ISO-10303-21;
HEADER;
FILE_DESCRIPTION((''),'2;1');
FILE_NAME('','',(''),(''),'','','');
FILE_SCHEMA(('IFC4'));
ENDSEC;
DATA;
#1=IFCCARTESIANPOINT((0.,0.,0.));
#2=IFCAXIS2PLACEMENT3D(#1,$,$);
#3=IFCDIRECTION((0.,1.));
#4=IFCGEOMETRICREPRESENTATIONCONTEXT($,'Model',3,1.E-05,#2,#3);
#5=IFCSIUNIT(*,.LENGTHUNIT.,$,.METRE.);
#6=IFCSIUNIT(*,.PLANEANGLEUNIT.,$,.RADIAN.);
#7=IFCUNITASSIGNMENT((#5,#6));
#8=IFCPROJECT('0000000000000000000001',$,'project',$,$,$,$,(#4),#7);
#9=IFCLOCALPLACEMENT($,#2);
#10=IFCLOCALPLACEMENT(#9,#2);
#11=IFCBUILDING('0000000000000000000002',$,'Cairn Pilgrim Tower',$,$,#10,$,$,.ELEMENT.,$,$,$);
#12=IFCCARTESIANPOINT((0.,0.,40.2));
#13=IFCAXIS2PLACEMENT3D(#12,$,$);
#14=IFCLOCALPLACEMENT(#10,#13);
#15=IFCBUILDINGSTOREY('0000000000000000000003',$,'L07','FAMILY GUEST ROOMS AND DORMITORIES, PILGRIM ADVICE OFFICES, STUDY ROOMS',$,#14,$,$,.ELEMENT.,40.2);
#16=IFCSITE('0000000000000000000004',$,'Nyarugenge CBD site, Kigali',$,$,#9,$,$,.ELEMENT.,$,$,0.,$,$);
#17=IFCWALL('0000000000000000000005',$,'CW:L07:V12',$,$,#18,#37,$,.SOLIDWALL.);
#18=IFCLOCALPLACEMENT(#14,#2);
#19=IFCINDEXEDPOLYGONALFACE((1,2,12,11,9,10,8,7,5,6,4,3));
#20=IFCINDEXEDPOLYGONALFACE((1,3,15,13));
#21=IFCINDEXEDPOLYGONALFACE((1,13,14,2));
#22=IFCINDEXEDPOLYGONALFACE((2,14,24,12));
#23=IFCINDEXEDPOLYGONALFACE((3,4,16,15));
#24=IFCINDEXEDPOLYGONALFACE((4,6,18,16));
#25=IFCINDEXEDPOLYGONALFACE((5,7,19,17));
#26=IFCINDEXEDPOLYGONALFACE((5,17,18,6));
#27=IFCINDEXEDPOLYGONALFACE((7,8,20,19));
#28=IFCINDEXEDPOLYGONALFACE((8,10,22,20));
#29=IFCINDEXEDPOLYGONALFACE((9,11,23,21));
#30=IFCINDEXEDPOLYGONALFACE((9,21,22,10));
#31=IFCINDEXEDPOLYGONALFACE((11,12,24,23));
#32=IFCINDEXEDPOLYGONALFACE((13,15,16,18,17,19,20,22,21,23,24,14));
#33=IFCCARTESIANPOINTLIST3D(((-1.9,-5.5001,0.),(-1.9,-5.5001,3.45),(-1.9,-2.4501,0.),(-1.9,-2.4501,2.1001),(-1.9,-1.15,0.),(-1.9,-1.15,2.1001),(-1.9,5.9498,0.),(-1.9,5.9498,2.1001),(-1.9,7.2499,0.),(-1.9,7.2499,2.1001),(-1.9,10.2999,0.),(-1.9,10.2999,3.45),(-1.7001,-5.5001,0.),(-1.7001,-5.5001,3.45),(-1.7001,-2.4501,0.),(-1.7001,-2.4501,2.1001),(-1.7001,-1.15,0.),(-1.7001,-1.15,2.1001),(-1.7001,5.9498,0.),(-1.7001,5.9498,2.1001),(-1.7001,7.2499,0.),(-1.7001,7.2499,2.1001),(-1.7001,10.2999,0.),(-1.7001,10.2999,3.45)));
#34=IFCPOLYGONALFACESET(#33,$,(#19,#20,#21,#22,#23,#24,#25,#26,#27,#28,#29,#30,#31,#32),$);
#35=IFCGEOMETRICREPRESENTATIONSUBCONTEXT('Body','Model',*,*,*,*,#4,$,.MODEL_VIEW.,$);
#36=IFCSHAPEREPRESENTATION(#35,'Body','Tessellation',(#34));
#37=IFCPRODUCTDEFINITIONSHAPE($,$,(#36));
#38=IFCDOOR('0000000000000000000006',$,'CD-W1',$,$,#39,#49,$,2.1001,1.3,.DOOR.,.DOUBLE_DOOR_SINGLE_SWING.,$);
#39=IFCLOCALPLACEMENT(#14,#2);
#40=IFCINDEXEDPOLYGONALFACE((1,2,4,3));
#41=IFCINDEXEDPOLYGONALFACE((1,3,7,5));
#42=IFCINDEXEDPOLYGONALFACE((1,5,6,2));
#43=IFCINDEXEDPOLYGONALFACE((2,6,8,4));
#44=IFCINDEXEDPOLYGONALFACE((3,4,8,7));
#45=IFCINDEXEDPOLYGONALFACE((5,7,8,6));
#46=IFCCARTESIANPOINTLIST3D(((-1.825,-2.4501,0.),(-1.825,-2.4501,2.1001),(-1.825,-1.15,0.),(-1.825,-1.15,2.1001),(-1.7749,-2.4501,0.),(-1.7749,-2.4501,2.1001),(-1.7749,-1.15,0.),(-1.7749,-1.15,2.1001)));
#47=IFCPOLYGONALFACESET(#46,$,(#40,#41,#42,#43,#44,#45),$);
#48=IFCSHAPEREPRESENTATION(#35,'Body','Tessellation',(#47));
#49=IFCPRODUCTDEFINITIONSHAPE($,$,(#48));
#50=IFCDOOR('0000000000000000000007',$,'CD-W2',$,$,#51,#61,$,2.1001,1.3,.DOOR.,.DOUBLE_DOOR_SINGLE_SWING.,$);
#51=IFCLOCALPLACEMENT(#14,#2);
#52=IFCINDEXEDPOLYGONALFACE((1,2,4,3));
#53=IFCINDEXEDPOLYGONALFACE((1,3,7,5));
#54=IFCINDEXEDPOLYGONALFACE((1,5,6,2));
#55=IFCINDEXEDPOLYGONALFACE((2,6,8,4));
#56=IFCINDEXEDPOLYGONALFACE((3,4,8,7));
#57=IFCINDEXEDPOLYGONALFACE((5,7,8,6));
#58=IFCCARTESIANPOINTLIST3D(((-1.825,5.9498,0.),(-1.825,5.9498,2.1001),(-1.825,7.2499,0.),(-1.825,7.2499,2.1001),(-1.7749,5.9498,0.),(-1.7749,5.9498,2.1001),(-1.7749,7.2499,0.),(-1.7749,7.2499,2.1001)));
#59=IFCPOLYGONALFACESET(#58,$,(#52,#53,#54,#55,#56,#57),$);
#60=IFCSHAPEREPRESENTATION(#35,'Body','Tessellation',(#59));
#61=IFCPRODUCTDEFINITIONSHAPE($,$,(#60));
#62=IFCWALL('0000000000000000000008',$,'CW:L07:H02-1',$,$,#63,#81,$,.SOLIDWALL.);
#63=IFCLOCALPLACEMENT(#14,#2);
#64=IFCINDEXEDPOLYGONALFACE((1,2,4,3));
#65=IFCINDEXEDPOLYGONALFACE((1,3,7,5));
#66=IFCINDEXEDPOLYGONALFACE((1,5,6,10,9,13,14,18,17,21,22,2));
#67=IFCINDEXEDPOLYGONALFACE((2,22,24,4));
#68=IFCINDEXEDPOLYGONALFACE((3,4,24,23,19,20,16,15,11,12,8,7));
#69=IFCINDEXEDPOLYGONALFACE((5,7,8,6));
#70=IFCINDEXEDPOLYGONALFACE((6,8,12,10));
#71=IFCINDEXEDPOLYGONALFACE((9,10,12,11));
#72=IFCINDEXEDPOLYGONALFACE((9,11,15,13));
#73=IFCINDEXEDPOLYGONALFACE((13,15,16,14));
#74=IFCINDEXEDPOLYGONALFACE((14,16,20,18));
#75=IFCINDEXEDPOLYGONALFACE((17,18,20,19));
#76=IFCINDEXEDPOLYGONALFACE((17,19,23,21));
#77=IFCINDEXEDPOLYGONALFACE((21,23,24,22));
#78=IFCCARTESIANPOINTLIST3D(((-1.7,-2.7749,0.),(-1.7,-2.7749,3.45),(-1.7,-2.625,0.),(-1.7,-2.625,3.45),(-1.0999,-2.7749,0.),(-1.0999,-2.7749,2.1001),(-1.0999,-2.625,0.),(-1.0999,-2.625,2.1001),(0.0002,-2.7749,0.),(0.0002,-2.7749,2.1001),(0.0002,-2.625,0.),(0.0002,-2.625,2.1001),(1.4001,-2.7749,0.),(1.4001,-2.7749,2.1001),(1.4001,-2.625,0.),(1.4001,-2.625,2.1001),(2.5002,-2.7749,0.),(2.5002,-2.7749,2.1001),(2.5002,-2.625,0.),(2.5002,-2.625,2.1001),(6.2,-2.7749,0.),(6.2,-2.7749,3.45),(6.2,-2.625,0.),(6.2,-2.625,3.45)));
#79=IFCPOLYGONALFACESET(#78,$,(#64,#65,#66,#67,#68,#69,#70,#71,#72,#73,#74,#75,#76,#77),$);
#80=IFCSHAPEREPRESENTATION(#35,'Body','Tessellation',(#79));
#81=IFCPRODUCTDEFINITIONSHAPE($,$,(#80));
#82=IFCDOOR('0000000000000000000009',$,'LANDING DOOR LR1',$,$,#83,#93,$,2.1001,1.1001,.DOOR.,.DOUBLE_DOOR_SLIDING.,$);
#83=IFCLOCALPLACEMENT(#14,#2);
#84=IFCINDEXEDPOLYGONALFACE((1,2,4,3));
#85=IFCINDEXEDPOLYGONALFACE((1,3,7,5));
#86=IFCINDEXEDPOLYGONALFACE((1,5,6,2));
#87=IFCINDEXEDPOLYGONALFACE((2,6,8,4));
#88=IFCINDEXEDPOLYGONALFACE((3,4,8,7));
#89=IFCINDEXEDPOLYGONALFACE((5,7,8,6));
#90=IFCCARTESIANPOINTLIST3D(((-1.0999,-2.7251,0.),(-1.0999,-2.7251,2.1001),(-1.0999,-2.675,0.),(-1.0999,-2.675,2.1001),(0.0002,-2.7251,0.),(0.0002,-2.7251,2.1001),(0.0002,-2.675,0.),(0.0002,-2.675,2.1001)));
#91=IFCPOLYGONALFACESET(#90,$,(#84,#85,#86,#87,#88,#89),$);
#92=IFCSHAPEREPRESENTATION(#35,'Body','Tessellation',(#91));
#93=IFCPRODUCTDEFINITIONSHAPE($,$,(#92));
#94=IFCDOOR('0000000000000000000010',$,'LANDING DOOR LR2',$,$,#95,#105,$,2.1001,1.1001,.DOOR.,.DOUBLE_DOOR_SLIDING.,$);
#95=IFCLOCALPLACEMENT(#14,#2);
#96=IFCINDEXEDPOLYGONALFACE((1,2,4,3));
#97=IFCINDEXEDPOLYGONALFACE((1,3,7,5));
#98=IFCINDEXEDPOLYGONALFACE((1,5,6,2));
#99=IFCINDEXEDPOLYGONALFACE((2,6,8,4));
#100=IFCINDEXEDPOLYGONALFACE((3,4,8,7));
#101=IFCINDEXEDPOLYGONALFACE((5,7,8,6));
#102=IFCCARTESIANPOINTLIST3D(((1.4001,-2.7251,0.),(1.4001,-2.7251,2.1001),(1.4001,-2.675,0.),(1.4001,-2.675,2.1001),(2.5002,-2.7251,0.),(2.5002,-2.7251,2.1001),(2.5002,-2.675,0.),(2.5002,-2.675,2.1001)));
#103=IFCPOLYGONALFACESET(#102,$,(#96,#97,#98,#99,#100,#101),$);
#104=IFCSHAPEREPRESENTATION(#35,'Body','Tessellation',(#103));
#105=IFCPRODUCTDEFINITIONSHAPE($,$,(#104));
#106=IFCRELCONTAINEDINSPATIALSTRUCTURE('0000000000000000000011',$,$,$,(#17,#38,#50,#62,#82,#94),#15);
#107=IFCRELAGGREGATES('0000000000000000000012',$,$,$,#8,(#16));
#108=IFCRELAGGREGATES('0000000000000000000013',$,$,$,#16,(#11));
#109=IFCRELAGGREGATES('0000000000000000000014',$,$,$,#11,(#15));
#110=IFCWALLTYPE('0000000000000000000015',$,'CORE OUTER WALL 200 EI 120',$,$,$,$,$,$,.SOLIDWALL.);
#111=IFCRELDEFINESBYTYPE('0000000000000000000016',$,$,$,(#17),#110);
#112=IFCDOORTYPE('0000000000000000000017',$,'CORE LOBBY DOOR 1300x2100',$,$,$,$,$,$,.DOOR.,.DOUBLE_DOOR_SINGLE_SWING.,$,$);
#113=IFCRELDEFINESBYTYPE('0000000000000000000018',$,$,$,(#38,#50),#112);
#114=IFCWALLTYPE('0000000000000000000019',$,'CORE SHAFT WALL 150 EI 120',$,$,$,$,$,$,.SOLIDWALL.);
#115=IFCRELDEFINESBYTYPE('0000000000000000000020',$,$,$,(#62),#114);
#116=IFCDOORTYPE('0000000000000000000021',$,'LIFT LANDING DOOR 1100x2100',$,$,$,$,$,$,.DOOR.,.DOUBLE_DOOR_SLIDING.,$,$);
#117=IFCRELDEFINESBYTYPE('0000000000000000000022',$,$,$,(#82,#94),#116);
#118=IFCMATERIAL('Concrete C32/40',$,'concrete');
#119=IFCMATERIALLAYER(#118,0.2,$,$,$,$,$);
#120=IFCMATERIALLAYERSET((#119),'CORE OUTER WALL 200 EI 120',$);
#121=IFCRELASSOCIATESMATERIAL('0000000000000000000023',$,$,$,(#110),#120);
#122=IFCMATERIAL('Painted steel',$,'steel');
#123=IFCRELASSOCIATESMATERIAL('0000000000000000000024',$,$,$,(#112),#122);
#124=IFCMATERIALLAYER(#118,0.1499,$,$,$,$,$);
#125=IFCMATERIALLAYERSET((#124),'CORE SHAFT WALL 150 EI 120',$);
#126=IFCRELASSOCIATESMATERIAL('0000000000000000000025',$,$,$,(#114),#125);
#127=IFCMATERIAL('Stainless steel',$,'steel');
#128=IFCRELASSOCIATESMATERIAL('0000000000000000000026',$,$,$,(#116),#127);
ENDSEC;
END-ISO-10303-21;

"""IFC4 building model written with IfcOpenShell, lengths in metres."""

from ifc_helpers import new_model, si_unit, direction, frame, frame_2d, origin, place, context, subcontext, project, spatial, rectangle, extrude, material, layer, layer_set, type_object, element, fill, save


model = new_model("IFC4")

# Units and contexts
model_context = context("Model", 3, precision=1e-05, world=origin(), true_north=direction((0.0, 1.0)))
body_context = subcontext(model_context, "Body", "Model", "MODEL_VIEW")
ifc_project = project(units=[si_unit("LENGTHUNIT", "METRE"), si_unit("PLANEANGLEUNIT", "RADIAN")], contexts=[model_context])

# Site, building, storey
site_placement = place(None, origin())
site = spatial("IfcSite", under=ifc_project, at=site_placement, Name="Nyarugenge CBD site, Kigali", CompositionType="ELEMENT", RefElevation=0.0)
building_placement = place(site_placement, origin())
building = spatial("IfcBuilding", under=site, at=building_placement, Name="Cairn Pilgrim Tower", CompositionType="ELEMENT")
storey_placement = place(building_placement, frame((0.0, 0.0, 40.2)))
storey = spatial("IfcBuildingStorey", under=building, at=storey_placement, Name="L07", Description="FAMILY GUEST ROOMS AND DORMITORIES, PILGRIM ADVICE OFFICES, STUDY ROOMS", CompositionType="ELEMENT", Elevation=40.2)

# Shared definitions
ifc_material_1 = material(Name="Concrete C32/40", Category="concrete")
ifc_layer_1 = layer(ifc_material_1, 0.2)
ifc_layer_set_1 = layer_set([ifc_layer_1], Name="CORE OUTER WALL 200 EI 120")
wall_type_1 = type_object("IfcWallType", Name="CORE OUTER WALL 200 EI 120", PredefinedType="SOLIDWALL", material=ifc_layer_set_1)

# Walls, openings, doors
wall_1_placement = place(storey_placement, frame((-1.8, -5.5, 0.0), z_axis=(0.0, 0.0, 1.0), x_axis=(0.0, 1.0, 0.0)))
wall_1 = element("IfcWall", 1, at=wall_1_placement, inside=storey, type_object=wall_type_1, Name="CW:L07:V12", PredefinedType="SOLIDWALL", context=body_context, shape_type="SweptSolid", body=[
    extrude(rectangle(XDim=15.8, YDim=0.2, at=frame_2d((7.8999, 0.0))), origin(), (0.0, 0.0, 1.0), 3.45),
])
opening_1_placement = place(wall_1_placement, frame((3.05, 0.0, 0.0)))
opening_1 = element("IfcOpeningElement", 2, at=opening_1_placement, cuts=wall_1, PredefinedType="OPENING", context=body_context, shape_type="SweptSolid", body=[
    extrude(rectangle(XDim=1.3, YDim=2.1001, at=frame_2d((0.6499, 1.05))), frame((0.0, 0.1099, 0.0), z_axis=(0.0, -1.0, 0.0), x_axis=(1.0, 0.0, 0.0)), (0.0, 0.0, 1.0), 0.22),
])
opening_2_placement = place(wall_1_placement, frame((11.45, 0.0, 0.0)))
opening_2 = element("IfcOpeningElement", 3, at=opening_2_placement, cuts=wall_1, PredefinedType="OPENING", context=body_context, shape_type="SweptSolid", body=[
    extrude(rectangle(XDim=1.3, YDim=2.1001, at=frame_2d((0.6499, 1.05))), frame((0.0, 0.1099, 0.0), z_axis=(0.0, -1.0, 0.0), x_axis=(1.0, 0.0, 0.0)), (0.0, 0.0, 1.0), 0.22),
])
ifc_material_2 = material(Name="Painted steel", Category="steel")
door_type_1 = type_object("IfcDoorType", Name="CORE LOBBY DOOR 1300x2100", OperationType="DOUBLE_DOOR_SINGLE_SWING", PredefinedType="DOOR", material=ifc_material_2)
door_1_placement = place(opening_1_placement, origin())
door_1 = element("IfcDoor", 4, at=door_1_placement, inside=storey, type_object=door_type_1, Name="CD-W1", OperationType="DOUBLE_DOOR_SINGLE_SWING", OverallHeight=2.1001, OverallWidth=1.3, PredefinedType="DOOR", context=body_context, shape_type="SweptSolid", body=[
    extrude(rectangle(XDim=1.3, YDim=2.1001, at=frame_2d((0.6499, 1.05))), frame((0.0, 0.0249, 0.0), z_axis=(0.0, -1.0, 0.0), x_axis=(1.0, 0.0, 0.0)), (0.0, 0.0, 1.0), 0.05),
])
fill(opening_1, door_1)
door_2_placement = place(opening_2_placement, origin())
door_2 = element("IfcDoor", 5, at=door_2_placement, inside=storey, type_object=door_type_1, Name="CD-W2", OperationType="DOUBLE_DOOR_SINGLE_SWING", OverallHeight=2.1001, OverallWidth=1.3, PredefinedType="DOOR", context=body_context, shape_type="SweptSolid", body=[
    extrude(rectangle(XDim=1.3, YDim=2.1001, at=frame_2d((0.6499, 1.05))), frame((0.0, 0.0249, 0.0), z_axis=(0.0, -1.0, 0.0), x_axis=(1.0, 0.0, 0.0)), (0.0, 0.0, 1.0), 0.05),
])
fill(opening_2, door_2)
ifc_layer_2 = layer(ifc_material_1, 0.1499)
ifc_layer_set_2 = layer_set([ifc_layer_2], Name="CORE SHAFT WALL 150 EI 120")
wall_type_2 = type_object("IfcWallType", Name="CORE SHAFT WALL 150 EI 120", PredefinedType="SOLIDWALL", material=ifc_layer_set_2)
wall_2_placement = place(storey_placement, frame((-1.7, -2.7, 0.0), z_axis=(0.0, 0.0, 1.0), x_axis=(1.0, 0.0, 0.0)))
wall_2 = element("IfcWall", 6, at=wall_2_placement, inside=storey, type_object=wall_type_2, Name="CW:L07:H02-1", PredefinedType="SOLIDWALL", context=body_context, shape_type="SweptSolid", body=[
    extrude(rectangle(XDim=7.8999, YDim=0.1499, at=frame_2d((3.95, 0.0))), origin(), (0.0, 0.0, 1.0), 3.45),
])
opening_3_placement = place(wall_2_placement, frame((0.6001, 0.0, 0.0)))
opening_3 = element("IfcOpeningElement", 7, at=opening_3_placement, cuts=wall_2, PredefinedType="OPENING", context=body_context, shape_type="SweptSolid", body=[
    extrude(rectangle(XDim=1.1001, YDim=2.1001, at=frame_2d((0.55, 1.05))), frame((0.0, 0.085, 0.0), z_axis=(0.0, -1.0, 0.0), x_axis=(1.0, 0.0, 0.0)), (0.0, 0.0, 1.0), 0.1699),
])
opening_4_placement = place(wall_2_placement, frame((3.1001, 0.0, 0.0)))
opening_4 = element("IfcOpeningElement", 8, at=opening_4_placement, cuts=wall_2, PredefinedType="OPENING", context=body_context, shape_type="SweptSolid", body=[
    extrude(rectangle(XDim=1.1001, YDim=2.1001, at=frame_2d((0.55, 1.05))), frame((0.0, 0.085, 0.0), z_axis=(0.0, -1.0, 0.0), x_axis=(1.0, 0.0, 0.0)), (0.0, 0.0, 1.0), 0.1699),
])
ifc_material_3 = material(Name="Stainless steel", Category="steel")
door_type_2 = type_object("IfcDoorType", Name="LIFT LANDING DOOR 1100x2100", OperationType="DOUBLE_DOOR_SLIDING", PredefinedType="DOOR", material=ifc_material_3)
door_3_placement = place(opening_3_placement, origin())
door_3 = element("IfcDoor", 9, at=door_3_placement, inside=storey, type_object=door_type_2, Name="LANDING DOOR LR1", OperationType="DOUBLE_DOOR_SLIDING", OverallHeight=2.1001, OverallWidth=1.1001, PredefinedType="DOOR", context=body_context, shape_type="SweptSolid", body=[
    extrude(rectangle(XDim=1.1001, YDim=2.1001, at=frame_2d((0.55, 1.05))), frame((0.0, 0.0249, 0.0), z_axis=(0.0, -1.0, 0.0), x_axis=(1.0, 0.0, 0.0)), (0.0, 0.0, 1.0), 0.05),
])
fill(opening_3, door_3)
door_4_placement = place(opening_4_placement, origin())
door_4 = element("IfcDoor", 10, at=door_4_placement, inside=storey, type_object=door_type_2, Name="LANDING DOOR LR2", OperationType="DOUBLE_DOOR_SLIDING", OverallHeight=2.1001, OverallWidth=1.1001, PredefinedType="DOOR", context=body_context, shape_type="SweptSolid", body=[
    extrude(rectangle(XDim=1.1001, YDim=2.1001, at=frame_2d((0.55, 1.05))), frame((0.0, 0.0249, 0.0), z_axis=(0.0, -1.0, 0.0), x_axis=(1.0, 0.0, 0.0)), (0.0, 0.0, 1.0), 0.05),
])
fill(opening_4, door_4)

save(model, "model.ifc")
